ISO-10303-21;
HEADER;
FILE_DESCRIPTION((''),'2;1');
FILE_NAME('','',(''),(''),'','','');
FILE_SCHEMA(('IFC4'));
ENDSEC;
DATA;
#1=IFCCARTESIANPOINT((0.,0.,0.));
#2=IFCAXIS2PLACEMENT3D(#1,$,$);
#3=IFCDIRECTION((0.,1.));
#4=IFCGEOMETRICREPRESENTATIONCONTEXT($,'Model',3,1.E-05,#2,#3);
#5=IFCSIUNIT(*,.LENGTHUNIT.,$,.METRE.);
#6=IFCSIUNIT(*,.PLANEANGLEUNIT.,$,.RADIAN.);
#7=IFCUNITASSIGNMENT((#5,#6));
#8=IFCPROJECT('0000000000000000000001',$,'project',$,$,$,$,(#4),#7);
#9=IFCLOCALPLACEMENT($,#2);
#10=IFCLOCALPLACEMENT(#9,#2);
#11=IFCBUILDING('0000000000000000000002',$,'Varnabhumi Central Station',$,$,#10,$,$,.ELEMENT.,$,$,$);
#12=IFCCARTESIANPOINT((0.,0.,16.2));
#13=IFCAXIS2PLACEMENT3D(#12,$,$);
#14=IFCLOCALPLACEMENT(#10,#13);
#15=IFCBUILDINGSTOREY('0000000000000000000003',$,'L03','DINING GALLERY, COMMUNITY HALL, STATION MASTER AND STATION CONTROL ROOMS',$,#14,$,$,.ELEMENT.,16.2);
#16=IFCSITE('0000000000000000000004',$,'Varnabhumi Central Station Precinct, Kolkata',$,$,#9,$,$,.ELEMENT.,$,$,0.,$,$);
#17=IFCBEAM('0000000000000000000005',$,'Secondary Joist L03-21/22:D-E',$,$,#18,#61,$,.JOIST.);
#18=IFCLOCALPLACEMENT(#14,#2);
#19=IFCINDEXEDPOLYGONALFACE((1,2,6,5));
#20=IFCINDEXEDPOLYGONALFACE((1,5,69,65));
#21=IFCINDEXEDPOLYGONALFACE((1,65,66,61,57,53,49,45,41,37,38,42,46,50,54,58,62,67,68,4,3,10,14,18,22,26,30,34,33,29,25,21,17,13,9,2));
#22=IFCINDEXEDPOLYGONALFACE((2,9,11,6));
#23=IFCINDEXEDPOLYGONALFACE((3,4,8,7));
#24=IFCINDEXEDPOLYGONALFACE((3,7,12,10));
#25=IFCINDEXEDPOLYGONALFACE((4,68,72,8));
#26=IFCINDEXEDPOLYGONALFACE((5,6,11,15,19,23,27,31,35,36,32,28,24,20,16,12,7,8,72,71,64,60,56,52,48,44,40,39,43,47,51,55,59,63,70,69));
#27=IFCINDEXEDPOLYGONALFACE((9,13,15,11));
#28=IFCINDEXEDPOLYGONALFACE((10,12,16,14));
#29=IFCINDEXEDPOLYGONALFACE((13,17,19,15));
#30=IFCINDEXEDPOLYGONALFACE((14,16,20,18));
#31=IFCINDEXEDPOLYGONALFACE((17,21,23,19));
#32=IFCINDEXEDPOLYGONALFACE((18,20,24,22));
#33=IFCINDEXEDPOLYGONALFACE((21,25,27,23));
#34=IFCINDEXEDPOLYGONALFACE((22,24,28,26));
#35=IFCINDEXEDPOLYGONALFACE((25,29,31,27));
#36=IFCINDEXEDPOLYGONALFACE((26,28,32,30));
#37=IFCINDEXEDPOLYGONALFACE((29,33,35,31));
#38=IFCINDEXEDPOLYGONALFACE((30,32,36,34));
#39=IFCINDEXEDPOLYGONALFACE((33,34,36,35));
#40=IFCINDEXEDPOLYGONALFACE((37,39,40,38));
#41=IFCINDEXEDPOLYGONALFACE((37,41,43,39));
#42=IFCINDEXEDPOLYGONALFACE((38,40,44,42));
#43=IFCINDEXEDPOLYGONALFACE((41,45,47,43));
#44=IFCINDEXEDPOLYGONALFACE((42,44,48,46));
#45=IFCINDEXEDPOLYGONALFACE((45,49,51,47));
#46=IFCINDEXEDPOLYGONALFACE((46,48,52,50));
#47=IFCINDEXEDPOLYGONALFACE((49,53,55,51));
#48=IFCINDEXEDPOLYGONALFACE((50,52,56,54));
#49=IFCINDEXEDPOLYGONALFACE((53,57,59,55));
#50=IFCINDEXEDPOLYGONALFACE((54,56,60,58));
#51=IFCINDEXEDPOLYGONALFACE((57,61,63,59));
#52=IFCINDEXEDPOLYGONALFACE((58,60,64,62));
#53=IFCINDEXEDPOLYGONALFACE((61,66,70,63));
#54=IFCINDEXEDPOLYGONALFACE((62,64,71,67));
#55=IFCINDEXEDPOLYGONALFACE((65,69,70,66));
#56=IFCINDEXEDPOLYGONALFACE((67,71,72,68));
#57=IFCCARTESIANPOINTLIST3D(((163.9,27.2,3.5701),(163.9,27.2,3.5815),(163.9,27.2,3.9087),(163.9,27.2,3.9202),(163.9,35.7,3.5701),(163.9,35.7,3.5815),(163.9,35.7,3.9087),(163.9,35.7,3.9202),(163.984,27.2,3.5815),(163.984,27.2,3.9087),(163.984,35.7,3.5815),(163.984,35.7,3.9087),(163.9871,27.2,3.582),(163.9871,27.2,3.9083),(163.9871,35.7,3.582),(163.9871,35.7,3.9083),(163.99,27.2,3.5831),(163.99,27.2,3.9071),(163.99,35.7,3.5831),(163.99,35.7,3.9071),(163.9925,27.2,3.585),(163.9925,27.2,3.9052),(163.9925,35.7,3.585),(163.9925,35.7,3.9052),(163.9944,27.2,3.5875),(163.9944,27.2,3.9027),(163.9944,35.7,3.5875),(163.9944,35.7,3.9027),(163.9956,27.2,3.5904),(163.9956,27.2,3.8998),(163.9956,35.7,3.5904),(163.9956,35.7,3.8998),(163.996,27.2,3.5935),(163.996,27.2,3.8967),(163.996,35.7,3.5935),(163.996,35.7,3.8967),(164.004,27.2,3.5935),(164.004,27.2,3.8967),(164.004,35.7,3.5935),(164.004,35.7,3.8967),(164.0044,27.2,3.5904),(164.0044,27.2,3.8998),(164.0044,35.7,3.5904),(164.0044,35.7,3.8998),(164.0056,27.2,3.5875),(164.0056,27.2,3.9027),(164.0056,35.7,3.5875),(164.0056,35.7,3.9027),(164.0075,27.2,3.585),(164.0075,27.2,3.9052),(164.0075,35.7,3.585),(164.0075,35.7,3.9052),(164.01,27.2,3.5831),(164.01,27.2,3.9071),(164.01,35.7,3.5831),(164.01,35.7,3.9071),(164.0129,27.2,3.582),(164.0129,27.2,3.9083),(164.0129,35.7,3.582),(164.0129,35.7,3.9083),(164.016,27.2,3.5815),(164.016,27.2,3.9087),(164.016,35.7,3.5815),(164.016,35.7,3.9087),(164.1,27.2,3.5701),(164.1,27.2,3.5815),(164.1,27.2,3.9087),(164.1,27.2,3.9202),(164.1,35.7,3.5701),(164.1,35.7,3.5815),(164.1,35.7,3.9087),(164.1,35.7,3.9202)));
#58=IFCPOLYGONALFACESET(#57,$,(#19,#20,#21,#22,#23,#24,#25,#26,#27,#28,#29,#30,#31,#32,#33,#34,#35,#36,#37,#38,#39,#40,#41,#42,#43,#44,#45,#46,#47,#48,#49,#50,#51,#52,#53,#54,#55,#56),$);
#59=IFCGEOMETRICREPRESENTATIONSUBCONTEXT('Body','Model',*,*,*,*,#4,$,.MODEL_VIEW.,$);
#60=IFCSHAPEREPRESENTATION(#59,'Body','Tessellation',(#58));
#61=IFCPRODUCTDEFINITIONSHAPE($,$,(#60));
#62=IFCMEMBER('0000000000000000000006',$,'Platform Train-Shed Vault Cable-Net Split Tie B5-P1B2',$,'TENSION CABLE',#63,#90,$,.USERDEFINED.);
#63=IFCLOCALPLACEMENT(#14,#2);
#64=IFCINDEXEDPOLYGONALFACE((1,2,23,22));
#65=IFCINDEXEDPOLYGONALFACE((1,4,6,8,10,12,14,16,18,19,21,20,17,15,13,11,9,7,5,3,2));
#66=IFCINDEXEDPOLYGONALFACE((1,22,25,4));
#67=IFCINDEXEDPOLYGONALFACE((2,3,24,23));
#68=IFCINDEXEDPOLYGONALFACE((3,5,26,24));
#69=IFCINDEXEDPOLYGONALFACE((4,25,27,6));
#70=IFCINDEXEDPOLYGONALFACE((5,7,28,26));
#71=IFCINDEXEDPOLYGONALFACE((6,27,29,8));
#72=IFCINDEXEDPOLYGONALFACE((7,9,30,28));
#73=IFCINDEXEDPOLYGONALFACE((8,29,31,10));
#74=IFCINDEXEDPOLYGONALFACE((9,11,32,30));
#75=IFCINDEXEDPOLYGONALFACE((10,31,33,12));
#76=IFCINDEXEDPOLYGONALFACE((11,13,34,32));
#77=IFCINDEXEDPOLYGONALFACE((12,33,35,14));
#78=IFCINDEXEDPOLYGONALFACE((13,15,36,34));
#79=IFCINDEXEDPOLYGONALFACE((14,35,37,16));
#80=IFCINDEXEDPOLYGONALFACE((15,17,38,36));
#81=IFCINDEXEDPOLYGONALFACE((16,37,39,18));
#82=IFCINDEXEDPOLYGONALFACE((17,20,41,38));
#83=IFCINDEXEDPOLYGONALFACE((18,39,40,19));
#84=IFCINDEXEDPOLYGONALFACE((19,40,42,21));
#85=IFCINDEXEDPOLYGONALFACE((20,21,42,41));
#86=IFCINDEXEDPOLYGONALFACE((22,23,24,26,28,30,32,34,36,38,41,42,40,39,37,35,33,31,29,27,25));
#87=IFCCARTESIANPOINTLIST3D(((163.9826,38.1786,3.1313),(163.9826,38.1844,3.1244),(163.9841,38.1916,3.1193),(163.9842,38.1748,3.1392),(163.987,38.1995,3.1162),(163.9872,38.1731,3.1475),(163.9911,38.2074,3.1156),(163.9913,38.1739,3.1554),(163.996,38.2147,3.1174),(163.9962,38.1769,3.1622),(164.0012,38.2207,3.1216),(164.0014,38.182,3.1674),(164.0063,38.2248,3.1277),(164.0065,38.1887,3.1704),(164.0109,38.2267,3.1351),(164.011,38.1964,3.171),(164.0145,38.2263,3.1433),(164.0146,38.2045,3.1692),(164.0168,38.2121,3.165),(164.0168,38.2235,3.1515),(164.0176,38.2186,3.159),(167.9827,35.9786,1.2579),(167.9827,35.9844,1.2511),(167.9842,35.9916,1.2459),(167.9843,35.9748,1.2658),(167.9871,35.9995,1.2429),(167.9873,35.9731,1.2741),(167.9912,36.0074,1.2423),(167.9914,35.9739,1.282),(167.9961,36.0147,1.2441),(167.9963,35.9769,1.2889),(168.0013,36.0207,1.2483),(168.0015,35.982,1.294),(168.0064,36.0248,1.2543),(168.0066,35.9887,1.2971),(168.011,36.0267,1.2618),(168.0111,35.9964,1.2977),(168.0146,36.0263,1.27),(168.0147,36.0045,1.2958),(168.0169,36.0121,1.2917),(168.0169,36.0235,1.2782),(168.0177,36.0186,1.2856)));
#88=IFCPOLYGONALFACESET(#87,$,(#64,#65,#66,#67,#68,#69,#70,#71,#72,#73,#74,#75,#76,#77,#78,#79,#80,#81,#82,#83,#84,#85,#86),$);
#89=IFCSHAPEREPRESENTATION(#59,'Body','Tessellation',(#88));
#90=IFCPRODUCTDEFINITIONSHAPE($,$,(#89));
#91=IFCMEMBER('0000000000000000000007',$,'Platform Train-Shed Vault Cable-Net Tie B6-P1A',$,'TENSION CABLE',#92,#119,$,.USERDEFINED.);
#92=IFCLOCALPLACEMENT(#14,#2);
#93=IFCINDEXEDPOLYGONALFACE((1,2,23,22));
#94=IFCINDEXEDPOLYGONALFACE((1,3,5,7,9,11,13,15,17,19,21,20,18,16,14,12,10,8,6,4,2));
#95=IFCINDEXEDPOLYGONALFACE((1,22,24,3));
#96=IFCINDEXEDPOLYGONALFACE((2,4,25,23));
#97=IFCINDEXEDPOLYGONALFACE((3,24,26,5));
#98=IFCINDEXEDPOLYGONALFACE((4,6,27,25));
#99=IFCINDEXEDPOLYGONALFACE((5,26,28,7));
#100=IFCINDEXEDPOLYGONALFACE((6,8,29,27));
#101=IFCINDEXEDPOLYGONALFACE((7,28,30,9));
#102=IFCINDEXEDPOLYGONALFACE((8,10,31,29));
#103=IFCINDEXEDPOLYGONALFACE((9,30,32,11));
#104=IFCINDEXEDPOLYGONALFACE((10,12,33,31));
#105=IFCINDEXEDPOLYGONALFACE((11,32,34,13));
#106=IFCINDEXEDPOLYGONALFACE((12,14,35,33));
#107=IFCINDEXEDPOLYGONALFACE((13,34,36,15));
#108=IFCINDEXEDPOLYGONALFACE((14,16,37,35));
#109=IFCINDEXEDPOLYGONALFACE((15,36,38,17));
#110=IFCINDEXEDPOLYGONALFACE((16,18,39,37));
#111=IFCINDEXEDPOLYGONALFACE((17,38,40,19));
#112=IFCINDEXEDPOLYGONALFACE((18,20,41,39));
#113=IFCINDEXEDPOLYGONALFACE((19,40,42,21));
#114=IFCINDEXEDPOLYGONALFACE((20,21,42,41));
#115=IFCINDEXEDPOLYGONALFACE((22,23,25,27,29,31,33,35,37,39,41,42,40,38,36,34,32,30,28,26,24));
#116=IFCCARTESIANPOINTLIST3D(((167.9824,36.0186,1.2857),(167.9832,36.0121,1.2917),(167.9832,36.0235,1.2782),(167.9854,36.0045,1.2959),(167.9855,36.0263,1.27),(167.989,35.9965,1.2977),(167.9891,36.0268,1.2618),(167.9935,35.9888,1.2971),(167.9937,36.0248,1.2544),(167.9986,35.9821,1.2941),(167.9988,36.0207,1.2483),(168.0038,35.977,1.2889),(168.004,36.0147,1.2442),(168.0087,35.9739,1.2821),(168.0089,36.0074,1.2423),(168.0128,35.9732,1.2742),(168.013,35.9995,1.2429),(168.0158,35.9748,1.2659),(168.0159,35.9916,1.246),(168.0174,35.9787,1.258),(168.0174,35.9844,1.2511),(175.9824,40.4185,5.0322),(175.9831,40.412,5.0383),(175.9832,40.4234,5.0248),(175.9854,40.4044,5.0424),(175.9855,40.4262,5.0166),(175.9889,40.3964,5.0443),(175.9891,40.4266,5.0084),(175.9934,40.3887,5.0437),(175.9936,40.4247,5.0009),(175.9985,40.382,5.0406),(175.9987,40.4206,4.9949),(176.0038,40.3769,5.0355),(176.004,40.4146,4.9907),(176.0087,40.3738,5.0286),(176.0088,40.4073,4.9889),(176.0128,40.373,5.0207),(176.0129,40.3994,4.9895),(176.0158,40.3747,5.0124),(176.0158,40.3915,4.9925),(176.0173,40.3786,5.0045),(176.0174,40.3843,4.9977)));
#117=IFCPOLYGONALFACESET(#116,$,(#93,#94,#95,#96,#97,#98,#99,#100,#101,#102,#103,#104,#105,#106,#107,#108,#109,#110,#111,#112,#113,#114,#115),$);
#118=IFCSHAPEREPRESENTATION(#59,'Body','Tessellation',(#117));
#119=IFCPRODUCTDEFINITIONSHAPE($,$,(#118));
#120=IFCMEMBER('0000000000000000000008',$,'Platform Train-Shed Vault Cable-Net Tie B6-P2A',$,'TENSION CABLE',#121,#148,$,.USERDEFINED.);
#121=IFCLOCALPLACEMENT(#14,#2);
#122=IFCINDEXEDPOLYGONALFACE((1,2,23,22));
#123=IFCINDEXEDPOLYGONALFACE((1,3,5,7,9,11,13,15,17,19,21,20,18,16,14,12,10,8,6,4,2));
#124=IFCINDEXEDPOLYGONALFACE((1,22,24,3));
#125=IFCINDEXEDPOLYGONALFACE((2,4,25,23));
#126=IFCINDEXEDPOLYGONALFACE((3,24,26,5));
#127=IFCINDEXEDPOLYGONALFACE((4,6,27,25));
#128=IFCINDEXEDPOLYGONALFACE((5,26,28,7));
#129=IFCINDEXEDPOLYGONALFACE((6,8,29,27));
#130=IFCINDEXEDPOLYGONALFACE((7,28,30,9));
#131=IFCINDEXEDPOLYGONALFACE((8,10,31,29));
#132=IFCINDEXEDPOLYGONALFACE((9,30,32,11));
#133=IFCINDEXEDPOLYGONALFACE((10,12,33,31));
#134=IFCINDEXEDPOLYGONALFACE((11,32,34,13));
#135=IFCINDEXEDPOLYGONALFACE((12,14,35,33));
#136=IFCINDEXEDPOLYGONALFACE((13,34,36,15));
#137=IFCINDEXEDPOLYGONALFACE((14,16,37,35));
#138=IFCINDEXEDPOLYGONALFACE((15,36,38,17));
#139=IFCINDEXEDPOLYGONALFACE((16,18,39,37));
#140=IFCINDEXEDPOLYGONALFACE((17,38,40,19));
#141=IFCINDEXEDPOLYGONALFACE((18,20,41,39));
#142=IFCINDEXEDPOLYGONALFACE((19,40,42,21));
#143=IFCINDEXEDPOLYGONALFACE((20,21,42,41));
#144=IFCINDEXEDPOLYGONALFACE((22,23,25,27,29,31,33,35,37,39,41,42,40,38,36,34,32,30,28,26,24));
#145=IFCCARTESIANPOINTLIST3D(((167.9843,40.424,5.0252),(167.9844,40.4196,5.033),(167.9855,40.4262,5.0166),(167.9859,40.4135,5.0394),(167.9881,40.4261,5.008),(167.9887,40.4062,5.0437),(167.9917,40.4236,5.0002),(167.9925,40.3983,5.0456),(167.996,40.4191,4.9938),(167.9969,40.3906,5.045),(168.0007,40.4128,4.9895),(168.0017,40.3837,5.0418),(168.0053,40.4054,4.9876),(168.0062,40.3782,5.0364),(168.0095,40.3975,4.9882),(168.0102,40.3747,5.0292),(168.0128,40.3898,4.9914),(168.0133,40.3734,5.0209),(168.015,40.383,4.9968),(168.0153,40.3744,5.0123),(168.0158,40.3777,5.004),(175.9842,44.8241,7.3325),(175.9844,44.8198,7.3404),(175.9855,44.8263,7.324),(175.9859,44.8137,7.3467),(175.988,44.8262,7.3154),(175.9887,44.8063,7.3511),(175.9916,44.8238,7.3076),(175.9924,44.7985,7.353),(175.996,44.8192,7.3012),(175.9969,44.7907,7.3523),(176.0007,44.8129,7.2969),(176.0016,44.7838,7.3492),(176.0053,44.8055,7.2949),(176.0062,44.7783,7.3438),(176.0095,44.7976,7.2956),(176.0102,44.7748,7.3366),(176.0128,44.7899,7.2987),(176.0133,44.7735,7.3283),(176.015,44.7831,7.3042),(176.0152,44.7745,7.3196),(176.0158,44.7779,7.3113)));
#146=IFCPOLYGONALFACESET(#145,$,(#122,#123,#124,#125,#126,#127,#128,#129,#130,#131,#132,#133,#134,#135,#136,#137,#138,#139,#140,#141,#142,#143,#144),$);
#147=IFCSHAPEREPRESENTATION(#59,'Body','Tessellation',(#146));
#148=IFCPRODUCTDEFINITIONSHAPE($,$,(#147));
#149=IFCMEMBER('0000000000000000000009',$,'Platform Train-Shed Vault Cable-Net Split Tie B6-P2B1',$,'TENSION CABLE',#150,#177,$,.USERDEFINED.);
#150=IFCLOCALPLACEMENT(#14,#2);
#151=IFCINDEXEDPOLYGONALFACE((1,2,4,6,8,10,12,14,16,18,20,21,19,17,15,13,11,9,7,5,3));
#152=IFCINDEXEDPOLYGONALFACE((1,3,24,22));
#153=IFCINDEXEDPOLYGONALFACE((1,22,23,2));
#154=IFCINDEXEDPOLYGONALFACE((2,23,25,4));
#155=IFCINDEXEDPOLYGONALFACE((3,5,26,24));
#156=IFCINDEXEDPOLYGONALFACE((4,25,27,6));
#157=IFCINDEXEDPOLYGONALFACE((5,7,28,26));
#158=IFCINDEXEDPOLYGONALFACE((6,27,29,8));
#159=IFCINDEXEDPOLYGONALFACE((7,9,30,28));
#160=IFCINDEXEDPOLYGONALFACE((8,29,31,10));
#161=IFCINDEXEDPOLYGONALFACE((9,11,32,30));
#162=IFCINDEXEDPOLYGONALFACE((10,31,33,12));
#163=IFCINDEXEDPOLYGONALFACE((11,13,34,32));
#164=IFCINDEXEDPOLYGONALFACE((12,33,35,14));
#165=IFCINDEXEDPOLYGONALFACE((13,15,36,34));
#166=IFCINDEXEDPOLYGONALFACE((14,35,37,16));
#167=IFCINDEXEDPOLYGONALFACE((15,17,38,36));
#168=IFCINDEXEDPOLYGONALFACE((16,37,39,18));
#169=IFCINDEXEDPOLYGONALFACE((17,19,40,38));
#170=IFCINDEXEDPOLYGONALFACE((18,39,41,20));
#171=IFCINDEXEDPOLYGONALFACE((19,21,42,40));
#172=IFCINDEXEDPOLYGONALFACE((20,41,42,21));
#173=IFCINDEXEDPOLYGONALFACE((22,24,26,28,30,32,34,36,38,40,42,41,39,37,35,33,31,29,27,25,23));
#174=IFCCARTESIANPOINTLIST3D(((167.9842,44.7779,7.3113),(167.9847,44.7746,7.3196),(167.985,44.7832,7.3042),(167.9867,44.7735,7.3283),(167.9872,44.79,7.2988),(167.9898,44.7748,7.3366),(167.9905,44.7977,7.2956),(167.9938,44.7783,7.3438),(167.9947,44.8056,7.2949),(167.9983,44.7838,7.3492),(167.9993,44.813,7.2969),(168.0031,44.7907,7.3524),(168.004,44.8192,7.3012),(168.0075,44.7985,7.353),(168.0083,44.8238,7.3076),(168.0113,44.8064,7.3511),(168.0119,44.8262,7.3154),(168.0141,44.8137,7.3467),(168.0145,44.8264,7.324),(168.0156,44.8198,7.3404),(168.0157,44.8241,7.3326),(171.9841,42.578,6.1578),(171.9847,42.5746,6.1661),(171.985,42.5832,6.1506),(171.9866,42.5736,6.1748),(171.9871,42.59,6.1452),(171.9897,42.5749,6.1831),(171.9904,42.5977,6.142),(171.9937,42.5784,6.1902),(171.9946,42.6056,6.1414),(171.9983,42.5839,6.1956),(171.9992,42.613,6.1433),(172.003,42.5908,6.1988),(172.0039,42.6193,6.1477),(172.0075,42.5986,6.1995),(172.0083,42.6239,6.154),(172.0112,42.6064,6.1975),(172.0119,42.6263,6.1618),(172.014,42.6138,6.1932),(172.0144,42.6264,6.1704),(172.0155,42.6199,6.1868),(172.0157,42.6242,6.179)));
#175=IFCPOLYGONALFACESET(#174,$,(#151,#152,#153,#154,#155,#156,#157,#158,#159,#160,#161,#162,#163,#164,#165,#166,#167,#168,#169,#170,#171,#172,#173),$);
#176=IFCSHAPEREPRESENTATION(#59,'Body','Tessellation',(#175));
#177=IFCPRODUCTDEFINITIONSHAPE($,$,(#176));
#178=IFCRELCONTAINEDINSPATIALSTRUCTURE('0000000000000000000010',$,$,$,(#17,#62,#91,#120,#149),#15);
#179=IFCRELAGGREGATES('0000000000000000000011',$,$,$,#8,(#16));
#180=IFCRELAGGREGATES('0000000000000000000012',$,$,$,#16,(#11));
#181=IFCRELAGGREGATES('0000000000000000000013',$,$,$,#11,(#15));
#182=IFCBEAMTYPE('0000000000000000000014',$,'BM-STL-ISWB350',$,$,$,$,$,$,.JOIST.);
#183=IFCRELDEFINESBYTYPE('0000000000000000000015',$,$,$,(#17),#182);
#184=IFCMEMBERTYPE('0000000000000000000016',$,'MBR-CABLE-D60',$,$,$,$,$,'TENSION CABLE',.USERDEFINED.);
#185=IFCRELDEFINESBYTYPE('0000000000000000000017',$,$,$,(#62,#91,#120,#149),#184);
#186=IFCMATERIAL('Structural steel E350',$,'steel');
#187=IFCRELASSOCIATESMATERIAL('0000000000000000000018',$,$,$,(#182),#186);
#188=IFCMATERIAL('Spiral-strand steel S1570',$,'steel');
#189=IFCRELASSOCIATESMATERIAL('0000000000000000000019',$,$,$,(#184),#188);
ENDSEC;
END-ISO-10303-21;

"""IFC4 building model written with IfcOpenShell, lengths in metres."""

from ifc_helpers import new_model, si_unit, direction, frame, origin, origin_2d, place, context, subcontext, project, spatial, circle, i_section, extrude, material, material_profile, profile_set, type_object, element, save


model = new_model("IFC4")

# Units and contexts
model_context = context("Model", 3, precision=1e-05, world=origin(), true_north=direction((0.0, 1.0)))
body_context = subcontext(model_context, "Body", "Model", "MODEL_VIEW")
ifc_project = project(units=[si_unit("LENGTHUNIT", "METRE"), si_unit("PLANEANGLEUNIT", "RADIAN")], contexts=[model_context])

# Site, building, storey
site_placement = place(None, origin())
site = spatial("IfcSite", under=ifc_project, at=site_placement, Name="Varnabhumi Central Station Precinct, Kolkata", CompositionType="ELEMENT", RefElevation=0.0)
building_placement = place(site_placement, origin())
building = spatial("IfcBuilding", under=site, at=building_placement, Name="Varnabhumi Central Station", CompositionType="ELEMENT")
storey_placement = place(building_placement, frame((0.0, 0.0, 16.2)))
storey = spatial("IfcBuildingStorey", under=building, at=storey_placement, Name="L03", Description="DINING GALLERY, COMMUNITY HALL, STATION MASTER AND STATION CONTROL ROOMS", CompositionType="ELEMENT", Elevation=16.2)

# Beam
ifc_material_1 = material(Name="Structural steel E350", Category="steel")
ifc_material_profile_1 = material_profile(ifc_material_1, i_section(OverallWidth=0.2, OverallDepth=0.3501, WebThickness=0.0081, FlangeThickness=0.0115, FilletRadius=0.012, at=origin_2d()), Name="Structural steel E350", Category="steel")
ifc_profile_set_1 = profile_set([ifc_material_profile_1], Name="Structural steel E350")
beam_type_1 = type_object("IfcBeamType", Name="BM-STL-ISWB350", PredefinedType="JOIST", material=ifc_profile_set_1)
beam_1_placement = place(storey_placement, frame((164.0, 27.2, 3.7451), z_axis=(0.0, 1.0, 0.0), x_axis=(-1.0, 0.0, 0.0)))
element("IfcBeam", 1, at=beam_1_placement, inside=storey, type_object=beam_type_1, Name="Secondary Joist L03-21/22:D-E", PredefinedType="JOIST", context=body_context, shape_type="SweptSolid", body=[
    extrude(i_section(OverallWidth=0.2, OverallDepth=0.3501, WebThickness=0.0081, FlangeThickness=0.0115, FilletRadius=0.012, at=origin_2d()), origin(), (0.0, 0.0, 1.0), 8.5),
])

# Members
ifc_material_2 = material(Name="Spiral-strand steel S1570", Category="steel")
ifc_material_profile_2 = material_profile(ifc_material_2, circle(Radius=0.03, at=origin_2d()), Name="Spiral-strand steel S1570", Category="steel")
ifc_profile_set_2 = profile_set([ifc_material_profile_2], Name="Spiral-strand steel S1570")
member_type = type_object("IfcMemberType", Name="MBR-CABLE-D60", ElementType="TENSION CABLE", PredefinedType="USERDEFINED", material=ifc_profile_set_2)
member_1_placement = place(storey_placement, frame((164.0, 38.2, 3.1433), z_axis=(0.810624, -0.445833, -0.379634), x_axis=(0.481911, 0.87622, 0.0)))
element("IfcMember", 2, at=member_1_placement, inside=storey, type_object=member_type, Name="Platform Train-Shed Vault Cable-Net Split Tie B5-P1B2", ObjectType="TENSION CABLE", PredefinedType="USERDEFINED", context=body_context, shape_type="SweptSolid", body=[
    extrude(circle(Radius=0.03, at=origin_2d()), origin(), (0.0, 0.0, 1.0), 4.9346),
])
member_2_placement = place(storey_placement, frame((168.0, 36.0, 1.27), z_axis=(0.810624, 0.445833, 0.379634), x_axis=(-0.481911, 0.87622, 0.0)))
element("IfcMember", 3, at=member_2_placement, inside=storey, type_object=member_type, Name="Platform Train-Shed Vault Cable-Net Tie B6-P1A", ObjectType="TENSION CABLE", PredefinedType="USERDEFINED", context=body_context, shape_type="SweptSolid", body=[
    extrude(circle(Radius=0.03, at=origin_2d()), origin(), (0.0, 0.0, 1.0), 9.8689),
])
member_3_placement = place(storey_placement, frame((168.0, 40.3999, 5.0166), z_axis=(0.849502, 0.467242, 0.245015), x_axis=(-0.481931, 0.876209, 0.0)))
element("IfcMember", 4, at=member_3_placement, inside=storey, type_object=member_type, Name="Platform Train-Shed Vault Cable-Net Tie B6-P2A", ObjectType="TENSION CABLE", PredefinedType="USERDEFINED", context=body_context, shape_type="SweptSolid", body=[
    extrude(circle(Radius=0.03, at=origin_2d()), origin(), (0.0, 0.0, 1.0), 9.4172),
])
member_4_placement = place(storey_placement, frame((168.0, 44.8, 7.324), z_axis=(0.849517, -0.467224, -0.244993), x_axis=(0.481911, 0.87622, 0.0)))
element("IfcMember", 5, at=member_4_placement, inside=storey, type_object=member_type, Name="Platform Train-Shed Vault Cable-Net Split Tie B6-P2B1", ObjectType="TENSION CABLE", PredefinedType="USERDEFINED", context=body_context, shape_type="SweptSolid", body=[
    extrude(circle(Radius=0.03, at=origin_2d()), origin(), (0.0, 0.0, 1.0), 4.7085),
])

save(model, "model.ifc")
